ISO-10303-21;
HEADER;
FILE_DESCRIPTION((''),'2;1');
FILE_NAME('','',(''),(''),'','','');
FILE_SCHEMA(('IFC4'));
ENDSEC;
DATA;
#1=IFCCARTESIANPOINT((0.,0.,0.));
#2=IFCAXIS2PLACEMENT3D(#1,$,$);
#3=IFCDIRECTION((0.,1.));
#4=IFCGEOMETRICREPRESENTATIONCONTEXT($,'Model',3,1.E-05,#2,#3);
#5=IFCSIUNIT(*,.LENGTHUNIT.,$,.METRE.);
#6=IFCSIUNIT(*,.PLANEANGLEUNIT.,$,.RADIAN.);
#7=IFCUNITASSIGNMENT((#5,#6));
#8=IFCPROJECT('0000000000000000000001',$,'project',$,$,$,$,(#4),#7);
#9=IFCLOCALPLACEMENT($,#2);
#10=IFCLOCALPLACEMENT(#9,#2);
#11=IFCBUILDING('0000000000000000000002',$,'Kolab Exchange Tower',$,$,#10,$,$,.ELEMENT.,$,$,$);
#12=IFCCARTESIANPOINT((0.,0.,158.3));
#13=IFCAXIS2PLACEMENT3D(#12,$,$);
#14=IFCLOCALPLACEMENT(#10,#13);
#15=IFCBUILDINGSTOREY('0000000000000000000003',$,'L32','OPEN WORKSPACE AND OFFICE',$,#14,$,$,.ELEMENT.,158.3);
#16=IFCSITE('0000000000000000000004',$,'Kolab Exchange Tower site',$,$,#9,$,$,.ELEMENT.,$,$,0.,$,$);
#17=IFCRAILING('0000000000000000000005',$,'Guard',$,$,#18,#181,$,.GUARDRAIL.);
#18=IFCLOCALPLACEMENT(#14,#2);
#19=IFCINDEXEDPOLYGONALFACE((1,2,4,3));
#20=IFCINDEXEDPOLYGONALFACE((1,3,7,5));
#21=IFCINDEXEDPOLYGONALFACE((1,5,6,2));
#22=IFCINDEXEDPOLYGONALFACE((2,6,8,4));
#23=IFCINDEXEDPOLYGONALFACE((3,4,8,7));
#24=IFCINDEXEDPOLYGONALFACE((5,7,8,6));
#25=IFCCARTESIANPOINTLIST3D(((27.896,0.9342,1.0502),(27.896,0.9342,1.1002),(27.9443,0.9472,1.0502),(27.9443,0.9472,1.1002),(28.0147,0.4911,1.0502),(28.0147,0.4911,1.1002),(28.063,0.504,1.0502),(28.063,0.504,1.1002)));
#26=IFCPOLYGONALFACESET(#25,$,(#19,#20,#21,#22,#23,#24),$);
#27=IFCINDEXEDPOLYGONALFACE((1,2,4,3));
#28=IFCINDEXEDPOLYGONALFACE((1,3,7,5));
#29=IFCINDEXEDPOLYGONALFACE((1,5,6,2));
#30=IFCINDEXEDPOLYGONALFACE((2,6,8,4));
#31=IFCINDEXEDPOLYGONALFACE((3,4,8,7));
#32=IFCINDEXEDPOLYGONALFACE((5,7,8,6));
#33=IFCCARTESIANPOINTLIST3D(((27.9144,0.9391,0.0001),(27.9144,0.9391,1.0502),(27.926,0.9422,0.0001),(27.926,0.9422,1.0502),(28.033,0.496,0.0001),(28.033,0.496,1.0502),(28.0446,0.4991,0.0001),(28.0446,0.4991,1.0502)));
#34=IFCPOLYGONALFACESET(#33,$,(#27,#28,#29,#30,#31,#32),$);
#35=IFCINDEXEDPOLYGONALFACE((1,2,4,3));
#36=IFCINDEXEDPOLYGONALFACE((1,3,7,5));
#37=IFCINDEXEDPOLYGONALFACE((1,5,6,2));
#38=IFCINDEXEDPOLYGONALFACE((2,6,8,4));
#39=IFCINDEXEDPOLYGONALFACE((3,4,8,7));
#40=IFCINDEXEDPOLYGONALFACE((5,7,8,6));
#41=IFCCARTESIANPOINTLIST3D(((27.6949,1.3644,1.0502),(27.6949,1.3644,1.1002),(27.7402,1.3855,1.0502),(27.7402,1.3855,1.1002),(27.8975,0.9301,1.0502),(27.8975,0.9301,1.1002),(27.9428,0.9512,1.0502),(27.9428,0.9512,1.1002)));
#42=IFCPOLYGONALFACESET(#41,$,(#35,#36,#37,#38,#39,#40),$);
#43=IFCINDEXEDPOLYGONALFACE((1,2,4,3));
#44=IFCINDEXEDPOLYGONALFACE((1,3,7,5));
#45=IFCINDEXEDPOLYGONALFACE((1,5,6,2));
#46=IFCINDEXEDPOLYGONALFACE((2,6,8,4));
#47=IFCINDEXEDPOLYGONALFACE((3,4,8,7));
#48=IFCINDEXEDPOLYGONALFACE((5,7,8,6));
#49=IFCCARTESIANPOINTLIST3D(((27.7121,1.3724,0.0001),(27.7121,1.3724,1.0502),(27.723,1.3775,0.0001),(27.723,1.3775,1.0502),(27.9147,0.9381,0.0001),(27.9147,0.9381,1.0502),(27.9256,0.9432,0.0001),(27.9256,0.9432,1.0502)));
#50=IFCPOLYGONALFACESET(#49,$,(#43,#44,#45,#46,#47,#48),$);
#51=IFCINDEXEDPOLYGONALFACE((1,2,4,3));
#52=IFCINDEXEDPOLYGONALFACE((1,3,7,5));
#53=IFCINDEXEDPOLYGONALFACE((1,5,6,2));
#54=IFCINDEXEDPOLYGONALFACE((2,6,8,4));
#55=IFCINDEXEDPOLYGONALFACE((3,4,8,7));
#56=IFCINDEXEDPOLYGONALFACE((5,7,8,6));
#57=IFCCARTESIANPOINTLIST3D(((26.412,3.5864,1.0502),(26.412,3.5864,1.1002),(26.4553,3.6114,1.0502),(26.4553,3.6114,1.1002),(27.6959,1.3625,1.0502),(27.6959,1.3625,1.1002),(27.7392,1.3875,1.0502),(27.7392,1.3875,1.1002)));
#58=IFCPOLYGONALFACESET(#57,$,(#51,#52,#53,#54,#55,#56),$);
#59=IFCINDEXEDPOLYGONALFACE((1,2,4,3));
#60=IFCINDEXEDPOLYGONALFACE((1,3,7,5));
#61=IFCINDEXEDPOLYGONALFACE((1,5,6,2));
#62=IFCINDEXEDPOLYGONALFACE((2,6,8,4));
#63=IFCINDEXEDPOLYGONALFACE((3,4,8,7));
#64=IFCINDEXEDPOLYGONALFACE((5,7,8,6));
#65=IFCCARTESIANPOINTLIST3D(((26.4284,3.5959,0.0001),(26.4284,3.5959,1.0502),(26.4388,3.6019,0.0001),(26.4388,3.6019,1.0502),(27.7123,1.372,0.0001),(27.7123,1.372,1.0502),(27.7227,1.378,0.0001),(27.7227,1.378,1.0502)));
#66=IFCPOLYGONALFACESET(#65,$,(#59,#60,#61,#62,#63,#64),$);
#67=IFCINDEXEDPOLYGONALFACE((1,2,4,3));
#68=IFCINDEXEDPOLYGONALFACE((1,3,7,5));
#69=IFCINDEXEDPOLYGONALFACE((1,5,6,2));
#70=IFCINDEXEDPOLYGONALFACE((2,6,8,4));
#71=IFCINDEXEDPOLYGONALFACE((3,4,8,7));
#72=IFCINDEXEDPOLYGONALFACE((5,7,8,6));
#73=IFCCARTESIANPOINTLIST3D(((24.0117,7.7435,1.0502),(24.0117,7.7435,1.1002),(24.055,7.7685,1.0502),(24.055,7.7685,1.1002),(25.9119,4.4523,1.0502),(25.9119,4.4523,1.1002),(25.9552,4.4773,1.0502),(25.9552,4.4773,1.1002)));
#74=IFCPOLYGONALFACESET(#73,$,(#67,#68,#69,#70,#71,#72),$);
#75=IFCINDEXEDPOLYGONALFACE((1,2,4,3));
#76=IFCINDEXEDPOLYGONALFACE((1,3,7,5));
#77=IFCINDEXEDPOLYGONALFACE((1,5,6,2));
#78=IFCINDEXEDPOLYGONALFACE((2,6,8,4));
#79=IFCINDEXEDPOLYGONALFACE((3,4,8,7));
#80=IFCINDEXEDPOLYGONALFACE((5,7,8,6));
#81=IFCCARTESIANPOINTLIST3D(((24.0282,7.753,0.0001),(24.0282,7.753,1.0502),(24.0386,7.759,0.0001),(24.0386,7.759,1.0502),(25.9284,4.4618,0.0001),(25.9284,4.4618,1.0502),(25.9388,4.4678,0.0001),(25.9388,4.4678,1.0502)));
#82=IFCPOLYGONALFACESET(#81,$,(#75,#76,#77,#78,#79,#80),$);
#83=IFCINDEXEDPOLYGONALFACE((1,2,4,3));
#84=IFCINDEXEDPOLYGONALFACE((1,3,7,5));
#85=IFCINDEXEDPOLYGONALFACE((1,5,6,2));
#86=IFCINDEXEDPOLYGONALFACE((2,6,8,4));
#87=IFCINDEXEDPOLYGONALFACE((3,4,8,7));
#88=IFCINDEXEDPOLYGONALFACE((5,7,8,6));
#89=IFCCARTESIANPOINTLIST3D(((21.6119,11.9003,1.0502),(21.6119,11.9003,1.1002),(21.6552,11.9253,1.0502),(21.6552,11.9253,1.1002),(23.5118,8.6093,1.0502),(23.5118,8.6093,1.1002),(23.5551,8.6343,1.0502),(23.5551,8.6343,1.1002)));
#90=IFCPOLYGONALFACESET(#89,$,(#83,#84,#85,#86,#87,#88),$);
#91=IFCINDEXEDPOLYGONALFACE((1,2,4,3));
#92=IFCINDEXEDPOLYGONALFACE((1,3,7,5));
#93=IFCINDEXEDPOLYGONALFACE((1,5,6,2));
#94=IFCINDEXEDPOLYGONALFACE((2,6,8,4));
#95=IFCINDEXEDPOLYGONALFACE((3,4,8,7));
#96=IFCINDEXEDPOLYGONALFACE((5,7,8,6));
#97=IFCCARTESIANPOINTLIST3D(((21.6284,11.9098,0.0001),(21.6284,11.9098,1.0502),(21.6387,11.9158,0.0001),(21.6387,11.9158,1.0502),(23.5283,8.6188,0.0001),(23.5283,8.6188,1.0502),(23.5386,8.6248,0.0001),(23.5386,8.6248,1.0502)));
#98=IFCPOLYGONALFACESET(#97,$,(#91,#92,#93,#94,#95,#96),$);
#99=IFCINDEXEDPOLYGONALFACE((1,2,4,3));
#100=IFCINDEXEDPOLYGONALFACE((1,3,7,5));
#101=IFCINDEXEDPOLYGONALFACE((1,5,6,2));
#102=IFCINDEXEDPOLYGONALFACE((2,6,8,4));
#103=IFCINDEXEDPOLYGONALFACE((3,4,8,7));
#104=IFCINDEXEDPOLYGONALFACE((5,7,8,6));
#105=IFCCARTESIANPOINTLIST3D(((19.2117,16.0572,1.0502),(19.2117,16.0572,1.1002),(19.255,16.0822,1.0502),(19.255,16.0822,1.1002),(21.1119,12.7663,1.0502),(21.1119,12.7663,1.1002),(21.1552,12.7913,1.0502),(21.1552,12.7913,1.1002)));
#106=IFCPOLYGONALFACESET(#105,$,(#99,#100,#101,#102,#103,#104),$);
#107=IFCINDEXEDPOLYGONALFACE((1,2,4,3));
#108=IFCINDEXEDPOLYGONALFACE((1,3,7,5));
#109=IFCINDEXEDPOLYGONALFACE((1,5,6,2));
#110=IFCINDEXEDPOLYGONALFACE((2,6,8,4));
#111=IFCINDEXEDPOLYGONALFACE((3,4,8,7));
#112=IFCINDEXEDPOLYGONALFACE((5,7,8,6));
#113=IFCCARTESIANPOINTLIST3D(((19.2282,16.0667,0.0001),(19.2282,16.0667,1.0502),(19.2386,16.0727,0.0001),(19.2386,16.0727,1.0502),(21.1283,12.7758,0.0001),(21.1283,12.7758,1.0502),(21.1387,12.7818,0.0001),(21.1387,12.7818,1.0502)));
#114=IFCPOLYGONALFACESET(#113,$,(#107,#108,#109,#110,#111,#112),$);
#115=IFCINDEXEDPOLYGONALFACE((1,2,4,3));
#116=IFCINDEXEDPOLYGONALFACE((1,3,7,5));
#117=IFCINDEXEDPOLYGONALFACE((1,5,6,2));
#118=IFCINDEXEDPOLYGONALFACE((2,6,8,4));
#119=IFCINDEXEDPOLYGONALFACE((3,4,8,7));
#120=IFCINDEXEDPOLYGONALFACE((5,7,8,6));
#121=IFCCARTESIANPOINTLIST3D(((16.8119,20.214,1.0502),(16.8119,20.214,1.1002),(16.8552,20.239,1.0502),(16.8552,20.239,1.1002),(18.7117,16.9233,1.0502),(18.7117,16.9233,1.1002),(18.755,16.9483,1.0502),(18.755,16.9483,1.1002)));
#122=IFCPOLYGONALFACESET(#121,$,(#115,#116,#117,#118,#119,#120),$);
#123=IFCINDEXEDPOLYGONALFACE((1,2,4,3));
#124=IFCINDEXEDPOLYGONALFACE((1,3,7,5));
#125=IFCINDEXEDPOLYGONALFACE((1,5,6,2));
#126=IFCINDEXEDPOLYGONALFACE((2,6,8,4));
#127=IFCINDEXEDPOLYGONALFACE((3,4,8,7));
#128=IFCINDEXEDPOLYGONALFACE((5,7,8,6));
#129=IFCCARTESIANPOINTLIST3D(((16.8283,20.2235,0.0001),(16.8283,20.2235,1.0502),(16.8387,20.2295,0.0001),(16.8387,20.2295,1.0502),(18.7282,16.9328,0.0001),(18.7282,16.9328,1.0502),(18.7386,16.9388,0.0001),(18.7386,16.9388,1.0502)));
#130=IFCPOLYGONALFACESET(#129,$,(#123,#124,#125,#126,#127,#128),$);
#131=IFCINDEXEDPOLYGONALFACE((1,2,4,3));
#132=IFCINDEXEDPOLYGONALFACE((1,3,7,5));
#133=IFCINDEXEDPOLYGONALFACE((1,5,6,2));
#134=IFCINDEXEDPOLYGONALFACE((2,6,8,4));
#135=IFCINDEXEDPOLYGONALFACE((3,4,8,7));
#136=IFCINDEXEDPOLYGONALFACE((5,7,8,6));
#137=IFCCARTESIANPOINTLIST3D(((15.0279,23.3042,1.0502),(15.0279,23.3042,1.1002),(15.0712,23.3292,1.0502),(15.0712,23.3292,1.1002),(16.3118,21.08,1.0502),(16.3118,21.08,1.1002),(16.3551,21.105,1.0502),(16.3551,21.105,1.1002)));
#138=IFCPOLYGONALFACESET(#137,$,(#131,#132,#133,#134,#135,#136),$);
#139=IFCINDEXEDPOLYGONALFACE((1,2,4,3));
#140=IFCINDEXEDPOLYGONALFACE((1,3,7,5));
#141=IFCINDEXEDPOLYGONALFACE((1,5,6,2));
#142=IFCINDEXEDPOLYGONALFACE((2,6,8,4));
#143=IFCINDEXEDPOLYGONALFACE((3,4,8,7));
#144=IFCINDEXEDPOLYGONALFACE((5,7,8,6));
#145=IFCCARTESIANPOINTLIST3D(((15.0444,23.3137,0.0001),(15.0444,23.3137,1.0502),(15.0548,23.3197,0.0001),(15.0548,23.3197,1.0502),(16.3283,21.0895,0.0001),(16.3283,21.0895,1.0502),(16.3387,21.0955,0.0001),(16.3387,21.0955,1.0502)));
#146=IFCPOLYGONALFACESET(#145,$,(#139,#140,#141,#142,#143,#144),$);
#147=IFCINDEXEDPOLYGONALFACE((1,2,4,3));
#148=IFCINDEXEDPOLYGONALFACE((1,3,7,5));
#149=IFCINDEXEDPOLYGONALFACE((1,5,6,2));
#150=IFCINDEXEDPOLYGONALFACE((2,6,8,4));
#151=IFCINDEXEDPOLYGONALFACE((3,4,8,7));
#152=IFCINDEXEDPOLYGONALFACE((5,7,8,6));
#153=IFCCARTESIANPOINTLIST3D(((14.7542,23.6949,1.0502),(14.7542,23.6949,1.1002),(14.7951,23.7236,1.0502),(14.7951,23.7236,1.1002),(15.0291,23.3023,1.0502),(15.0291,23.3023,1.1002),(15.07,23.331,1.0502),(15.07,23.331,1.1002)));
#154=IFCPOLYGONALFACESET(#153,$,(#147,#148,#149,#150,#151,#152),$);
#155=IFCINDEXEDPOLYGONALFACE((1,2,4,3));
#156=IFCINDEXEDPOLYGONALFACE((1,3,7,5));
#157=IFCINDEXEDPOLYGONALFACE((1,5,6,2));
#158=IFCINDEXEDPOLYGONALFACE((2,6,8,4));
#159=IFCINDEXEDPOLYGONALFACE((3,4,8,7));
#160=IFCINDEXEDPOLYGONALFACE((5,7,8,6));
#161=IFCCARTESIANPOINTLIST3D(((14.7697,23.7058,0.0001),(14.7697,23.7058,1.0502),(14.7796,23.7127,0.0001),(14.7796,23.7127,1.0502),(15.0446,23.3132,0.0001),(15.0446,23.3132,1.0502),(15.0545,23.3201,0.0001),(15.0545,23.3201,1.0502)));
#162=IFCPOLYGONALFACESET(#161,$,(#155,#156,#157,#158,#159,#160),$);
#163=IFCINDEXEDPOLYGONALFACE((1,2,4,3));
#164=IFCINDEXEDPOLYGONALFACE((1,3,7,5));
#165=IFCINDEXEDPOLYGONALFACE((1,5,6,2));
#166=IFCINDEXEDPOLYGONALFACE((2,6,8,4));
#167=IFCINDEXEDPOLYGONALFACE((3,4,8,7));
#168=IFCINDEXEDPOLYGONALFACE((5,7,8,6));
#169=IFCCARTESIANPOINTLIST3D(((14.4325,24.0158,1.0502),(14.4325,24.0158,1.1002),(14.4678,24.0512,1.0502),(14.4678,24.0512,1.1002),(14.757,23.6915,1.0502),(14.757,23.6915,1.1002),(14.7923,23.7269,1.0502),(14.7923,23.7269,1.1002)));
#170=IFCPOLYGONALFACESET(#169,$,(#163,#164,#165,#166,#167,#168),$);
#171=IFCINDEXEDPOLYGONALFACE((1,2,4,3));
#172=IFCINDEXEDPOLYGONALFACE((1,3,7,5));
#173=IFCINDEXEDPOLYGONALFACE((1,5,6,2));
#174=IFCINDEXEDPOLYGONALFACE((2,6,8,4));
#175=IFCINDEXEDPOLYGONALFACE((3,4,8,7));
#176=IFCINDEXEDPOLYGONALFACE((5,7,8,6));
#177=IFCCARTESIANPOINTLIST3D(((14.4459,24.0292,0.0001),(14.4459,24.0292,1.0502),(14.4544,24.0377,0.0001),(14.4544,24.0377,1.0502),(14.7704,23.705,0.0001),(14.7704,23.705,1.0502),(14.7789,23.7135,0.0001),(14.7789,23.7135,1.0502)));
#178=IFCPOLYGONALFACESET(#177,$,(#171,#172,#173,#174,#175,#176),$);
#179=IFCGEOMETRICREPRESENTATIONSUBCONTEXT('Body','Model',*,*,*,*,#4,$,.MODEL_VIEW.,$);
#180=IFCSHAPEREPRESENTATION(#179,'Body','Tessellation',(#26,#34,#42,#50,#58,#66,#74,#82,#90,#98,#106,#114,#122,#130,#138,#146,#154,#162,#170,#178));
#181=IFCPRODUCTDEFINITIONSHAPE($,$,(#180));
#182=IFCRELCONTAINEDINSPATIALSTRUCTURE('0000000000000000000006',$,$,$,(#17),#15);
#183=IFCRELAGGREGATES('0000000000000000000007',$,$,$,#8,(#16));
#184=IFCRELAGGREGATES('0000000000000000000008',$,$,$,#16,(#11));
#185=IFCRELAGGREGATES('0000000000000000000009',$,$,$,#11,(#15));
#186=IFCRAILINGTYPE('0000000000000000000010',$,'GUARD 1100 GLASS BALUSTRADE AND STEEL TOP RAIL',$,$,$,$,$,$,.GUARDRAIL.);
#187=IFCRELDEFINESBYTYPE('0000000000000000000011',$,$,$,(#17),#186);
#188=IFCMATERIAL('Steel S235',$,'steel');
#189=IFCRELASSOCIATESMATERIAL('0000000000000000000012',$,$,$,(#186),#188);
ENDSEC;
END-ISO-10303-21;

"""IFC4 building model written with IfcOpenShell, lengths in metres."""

from ifc_helpers import new_model, si_unit, direction, frame, frame_2d, origin, origin_2d, place, context, subcontext, project, spatial, rectangle, extrude, material, type_object, element, save


model = new_model("IFC4")

# Units and contexts
model_context = context("Model", 3, precision=1e-05, world=origin(), true_north=direction((0.0, 1.0)))
body_context = subcontext(model_context, "Body", "Model", "MODEL_VIEW")
ifc_project = project(units=[si_unit("LENGTHUNIT", "METRE"), si_unit("PLANEANGLEUNIT", "RADIAN")], contexts=[model_context])

# Site, building, storey
site_placement = place(None, origin())
site = spatial("IfcSite", under=ifc_project, at=site_placement, Name="Kolab Exchange Tower site", CompositionType="ELEMENT", RefElevation=0.0)
building_placement = place(site_placement, origin())
building = spatial("IfcBuilding", under=site, at=building_placement, Name="Kolab Exchange Tower", CompositionType="ELEMENT")
storey_placement = place(building_placement, frame((0.0, 0.0, 158.3)))
storey = spatial("IfcBuildingStorey", under=building, at=storey_placement, Name="L32", Description="OPEN WORKSPACE AND OFFICE", CompositionType="ELEMENT", Elevation=158.3)

# Railing
ifc_material_1 = material(Name="Steel S235", Category="steel")
railing_type = type_object("IfcRailingType", Name="GUARD 1100 GLASS BALUSTRADE AND STEEL TOP RAIL", PredefinedType="GUARDRAIL", material=ifc_material_1)
railing_placement = place(storey_placement, frame((28.0388, 0.4976, 0.0)))
element("IfcRailing", 1, at=railing_placement, inside=storey, type_object=railing_type, Name="Guard", PredefinedType="GUARDRAIL", context=body_context, shape_type="SweptSolid", body=[
    extrude(rectangle(XDim=0.05, YDim=0.05, at=origin_2d()), frame((0.0, 0.0, 1.0752), z_axis=(-0.258656, 0.965969, 0.0), x_axis=(-0.965969, -0.258656, 0.0)), (0.0, 0.0, 1.0), 0.4587),
    extrude(rectangle(XDim=0.012, YDim=1.0501, at=frame_2d((0.0, 0.5251))), frame((0.0, 0.0, 0.0), z_axis=(-0.258656, 0.965969, 0.0), x_axis=(-0.965969, -0.258656, 0.0)), (0.0, 0.0, 1.0), 0.4587),
    extrude(rectangle(XDim=0.05, YDim=0.05, at=origin_2d()), frame((-0.1187, 0.4431, 1.0752), z_axis=(-0.422802, 0.906222, 0.0), x_axis=(-0.906222, -0.422802, 0.0)), (0.0, 0.0, 1.0), 0.4792),
    extrude(rectangle(XDim=0.012, YDim=1.0501, at=frame_2d((0.0, 0.5251))), frame((-0.1187, 0.4431, 0.0), z_axis=(-0.422802, 0.906222, 0.0), x_axis=(-0.906222, -0.422802, 0.0)), (0.0, 0.0, 1.0), 0.4792),
    extrude(rectangle(XDim=0.05, YDim=0.05, at=origin_2d()), frame((-0.3213, 0.8774, 1.0752), z_axis=(-0.499994, 0.866029, 0.0), x_axis=(-0.866029, -0.499994, 0.0)), (0.0, 0.0, 1.0), 2.5679),
    extrude(rectangle(XDim=0.012, YDim=1.0501, at=frame_2d((0.0, 0.5251))), frame((-0.3213, 0.8774, 0.0), z_axis=(-0.499994, 0.866029, 0.0), x_axis=(-0.866029, -0.499994, 0.0)), (0.0, 0.0, 1.0), 2.5679),
    extrude(rectangle(XDim=0.05, YDim=0.05, at=origin_2d()), frame((-2.1052, 3.9673, 1.0752), z_axis=(-0.500015, 0.866017, 0.0), x_axis=(-0.866017, -0.500015, 0.0)), (0.0, 0.0, 1.0), 3.8003),
    extrude(rectangle(XDim=0.012, YDim=1.0501, at=frame_2d((0.0, 0.5251))), frame((-2.1052, 3.9673, 0.0), z_axis=(-0.500015, 0.866017, 0.0), x_axis=(-0.866017, -0.500015, 0.0)), (0.0, 0.0, 1.0), 3.8003),
    extrude(rectangle(XDim=0.05, YDim=0.05, at=origin_2d()), frame((-4.5054, 8.1243, 1.0752), z_axis=(-0.499967, 0.866044, 0.0), x_axis=(-0.866044, -0.499967, 0.0)), (0.0, 0.0, 1.0), 3.8),
    extrude(rectangle(XDim=0.012, YDim=1.0501, at=frame_2d((0.0, 0.5251))), frame((-4.5054, 8.1243, 0.0), z_axis=(-0.499967, 0.866044, 0.0), x_axis=(-0.866044, -0.499967, 0.0)), (0.0, 0.0, 1.0), 3.8),
    extrude(rectangle(XDim=0.05, YDim=0.05, at=origin_2d()), frame((-6.9053, 12.2812, 1.0752), z_axis=(-0.500043, 0.866, 0.0), x_axis=(-0.866, -0.500043, 0.0)), (0.0, 0.0, 1.0), 3.8),
    extrude(rectangle(XDim=0.012, YDim=1.0501, at=frame_2d((0.0, 0.5251))), frame((-6.9053, 12.2812, 0.0), z_axis=(-0.500043, 0.866, 0.0), x_axis=(-0.866, -0.500043, 0.0)), (0.0, 0.0, 1.0), 3.8),
    extrude(rectangle(XDim=0.05, YDim=0.05, at=origin_2d()), frame((-9.3054, 16.4382, 1.0752), z_axis=(-0.499995, 0.866028, 0.0), x_axis=(-0.866028, -0.499995, 0.0)), (0.0, 0.0, 1.0), 3.7998),
    extrude(rectangle(XDim=0.012, YDim=1.0501, at=frame_2d((0.0, 0.5251))), frame((-9.3054, 16.4382, 0.0), z_axis=(-0.499995, 0.866028, 0.0), x_axis=(-0.866028, -0.499995, 0.0)), (0.0, 0.0, 1.0), 3.7998),
    extrude(rectangle(XDim=0.05, YDim=0.05, at=origin_2d()), frame((-11.7053, 20.595, 1.0752), z_axis=(-0.499953, 0.866053, 0.0), x_axis=(-0.866053, -0.499953, 0.0)), (0.0, 0.0, 1.0), 2.5681),
    extrude(rectangle(XDim=0.012, YDim=1.0501, at=frame_2d((0.0, 0.5251))), frame((-11.7053, 20.595, 0.0), z_axis=(-0.499953, 0.866053, 0.0), x_axis=(-0.866053, -0.499953, 0.0)), (0.0, 0.0, 1.0), 2.5681),
    extrude(rectangle(XDim=0.05, YDim=0.05, at=origin_2d()), frame((-12.9893, 22.8191, 1.0752), z_axis=(-0.573599, 0.819136, 0.0), x_axis=(-0.819136, -0.573599, 0.0)), (0.0, 0.0, 1.0), 0.4792),
    extrude(rectangle(XDim=0.012, YDim=1.0501, at=frame_2d((0.0, 0.5251))), frame((-12.9893, 22.8191, 0.0), z_axis=(-0.573599, 0.819136, 0.0), x_axis=(-0.819136, -0.573599, 0.0)), (0.0, 0.0, 1.0), 0.4792),
    extrude(rectangle(XDim=0.05, YDim=0.05, at=origin_2d()), frame((-13.2642, 23.2117, 1.0752), z_axis=(-0.707373, 0.706841, 0.0), x_axis=(-0.706841, -0.707373, 0.0)), (0.0, 0.0, 1.0), 0.4587),
    extrude(rectangle(XDim=0.012, YDim=1.0501, at=frame_2d((0.0, 0.5251))), frame((-13.2642, 23.2117, 0.0), z_axis=(-0.707373, 0.706841, 0.0), x_axis=(-0.706841, -0.707373, 0.0)), (0.0, 0.0, 1.0), 0.4587),
])

save(model, "model.ifc")
